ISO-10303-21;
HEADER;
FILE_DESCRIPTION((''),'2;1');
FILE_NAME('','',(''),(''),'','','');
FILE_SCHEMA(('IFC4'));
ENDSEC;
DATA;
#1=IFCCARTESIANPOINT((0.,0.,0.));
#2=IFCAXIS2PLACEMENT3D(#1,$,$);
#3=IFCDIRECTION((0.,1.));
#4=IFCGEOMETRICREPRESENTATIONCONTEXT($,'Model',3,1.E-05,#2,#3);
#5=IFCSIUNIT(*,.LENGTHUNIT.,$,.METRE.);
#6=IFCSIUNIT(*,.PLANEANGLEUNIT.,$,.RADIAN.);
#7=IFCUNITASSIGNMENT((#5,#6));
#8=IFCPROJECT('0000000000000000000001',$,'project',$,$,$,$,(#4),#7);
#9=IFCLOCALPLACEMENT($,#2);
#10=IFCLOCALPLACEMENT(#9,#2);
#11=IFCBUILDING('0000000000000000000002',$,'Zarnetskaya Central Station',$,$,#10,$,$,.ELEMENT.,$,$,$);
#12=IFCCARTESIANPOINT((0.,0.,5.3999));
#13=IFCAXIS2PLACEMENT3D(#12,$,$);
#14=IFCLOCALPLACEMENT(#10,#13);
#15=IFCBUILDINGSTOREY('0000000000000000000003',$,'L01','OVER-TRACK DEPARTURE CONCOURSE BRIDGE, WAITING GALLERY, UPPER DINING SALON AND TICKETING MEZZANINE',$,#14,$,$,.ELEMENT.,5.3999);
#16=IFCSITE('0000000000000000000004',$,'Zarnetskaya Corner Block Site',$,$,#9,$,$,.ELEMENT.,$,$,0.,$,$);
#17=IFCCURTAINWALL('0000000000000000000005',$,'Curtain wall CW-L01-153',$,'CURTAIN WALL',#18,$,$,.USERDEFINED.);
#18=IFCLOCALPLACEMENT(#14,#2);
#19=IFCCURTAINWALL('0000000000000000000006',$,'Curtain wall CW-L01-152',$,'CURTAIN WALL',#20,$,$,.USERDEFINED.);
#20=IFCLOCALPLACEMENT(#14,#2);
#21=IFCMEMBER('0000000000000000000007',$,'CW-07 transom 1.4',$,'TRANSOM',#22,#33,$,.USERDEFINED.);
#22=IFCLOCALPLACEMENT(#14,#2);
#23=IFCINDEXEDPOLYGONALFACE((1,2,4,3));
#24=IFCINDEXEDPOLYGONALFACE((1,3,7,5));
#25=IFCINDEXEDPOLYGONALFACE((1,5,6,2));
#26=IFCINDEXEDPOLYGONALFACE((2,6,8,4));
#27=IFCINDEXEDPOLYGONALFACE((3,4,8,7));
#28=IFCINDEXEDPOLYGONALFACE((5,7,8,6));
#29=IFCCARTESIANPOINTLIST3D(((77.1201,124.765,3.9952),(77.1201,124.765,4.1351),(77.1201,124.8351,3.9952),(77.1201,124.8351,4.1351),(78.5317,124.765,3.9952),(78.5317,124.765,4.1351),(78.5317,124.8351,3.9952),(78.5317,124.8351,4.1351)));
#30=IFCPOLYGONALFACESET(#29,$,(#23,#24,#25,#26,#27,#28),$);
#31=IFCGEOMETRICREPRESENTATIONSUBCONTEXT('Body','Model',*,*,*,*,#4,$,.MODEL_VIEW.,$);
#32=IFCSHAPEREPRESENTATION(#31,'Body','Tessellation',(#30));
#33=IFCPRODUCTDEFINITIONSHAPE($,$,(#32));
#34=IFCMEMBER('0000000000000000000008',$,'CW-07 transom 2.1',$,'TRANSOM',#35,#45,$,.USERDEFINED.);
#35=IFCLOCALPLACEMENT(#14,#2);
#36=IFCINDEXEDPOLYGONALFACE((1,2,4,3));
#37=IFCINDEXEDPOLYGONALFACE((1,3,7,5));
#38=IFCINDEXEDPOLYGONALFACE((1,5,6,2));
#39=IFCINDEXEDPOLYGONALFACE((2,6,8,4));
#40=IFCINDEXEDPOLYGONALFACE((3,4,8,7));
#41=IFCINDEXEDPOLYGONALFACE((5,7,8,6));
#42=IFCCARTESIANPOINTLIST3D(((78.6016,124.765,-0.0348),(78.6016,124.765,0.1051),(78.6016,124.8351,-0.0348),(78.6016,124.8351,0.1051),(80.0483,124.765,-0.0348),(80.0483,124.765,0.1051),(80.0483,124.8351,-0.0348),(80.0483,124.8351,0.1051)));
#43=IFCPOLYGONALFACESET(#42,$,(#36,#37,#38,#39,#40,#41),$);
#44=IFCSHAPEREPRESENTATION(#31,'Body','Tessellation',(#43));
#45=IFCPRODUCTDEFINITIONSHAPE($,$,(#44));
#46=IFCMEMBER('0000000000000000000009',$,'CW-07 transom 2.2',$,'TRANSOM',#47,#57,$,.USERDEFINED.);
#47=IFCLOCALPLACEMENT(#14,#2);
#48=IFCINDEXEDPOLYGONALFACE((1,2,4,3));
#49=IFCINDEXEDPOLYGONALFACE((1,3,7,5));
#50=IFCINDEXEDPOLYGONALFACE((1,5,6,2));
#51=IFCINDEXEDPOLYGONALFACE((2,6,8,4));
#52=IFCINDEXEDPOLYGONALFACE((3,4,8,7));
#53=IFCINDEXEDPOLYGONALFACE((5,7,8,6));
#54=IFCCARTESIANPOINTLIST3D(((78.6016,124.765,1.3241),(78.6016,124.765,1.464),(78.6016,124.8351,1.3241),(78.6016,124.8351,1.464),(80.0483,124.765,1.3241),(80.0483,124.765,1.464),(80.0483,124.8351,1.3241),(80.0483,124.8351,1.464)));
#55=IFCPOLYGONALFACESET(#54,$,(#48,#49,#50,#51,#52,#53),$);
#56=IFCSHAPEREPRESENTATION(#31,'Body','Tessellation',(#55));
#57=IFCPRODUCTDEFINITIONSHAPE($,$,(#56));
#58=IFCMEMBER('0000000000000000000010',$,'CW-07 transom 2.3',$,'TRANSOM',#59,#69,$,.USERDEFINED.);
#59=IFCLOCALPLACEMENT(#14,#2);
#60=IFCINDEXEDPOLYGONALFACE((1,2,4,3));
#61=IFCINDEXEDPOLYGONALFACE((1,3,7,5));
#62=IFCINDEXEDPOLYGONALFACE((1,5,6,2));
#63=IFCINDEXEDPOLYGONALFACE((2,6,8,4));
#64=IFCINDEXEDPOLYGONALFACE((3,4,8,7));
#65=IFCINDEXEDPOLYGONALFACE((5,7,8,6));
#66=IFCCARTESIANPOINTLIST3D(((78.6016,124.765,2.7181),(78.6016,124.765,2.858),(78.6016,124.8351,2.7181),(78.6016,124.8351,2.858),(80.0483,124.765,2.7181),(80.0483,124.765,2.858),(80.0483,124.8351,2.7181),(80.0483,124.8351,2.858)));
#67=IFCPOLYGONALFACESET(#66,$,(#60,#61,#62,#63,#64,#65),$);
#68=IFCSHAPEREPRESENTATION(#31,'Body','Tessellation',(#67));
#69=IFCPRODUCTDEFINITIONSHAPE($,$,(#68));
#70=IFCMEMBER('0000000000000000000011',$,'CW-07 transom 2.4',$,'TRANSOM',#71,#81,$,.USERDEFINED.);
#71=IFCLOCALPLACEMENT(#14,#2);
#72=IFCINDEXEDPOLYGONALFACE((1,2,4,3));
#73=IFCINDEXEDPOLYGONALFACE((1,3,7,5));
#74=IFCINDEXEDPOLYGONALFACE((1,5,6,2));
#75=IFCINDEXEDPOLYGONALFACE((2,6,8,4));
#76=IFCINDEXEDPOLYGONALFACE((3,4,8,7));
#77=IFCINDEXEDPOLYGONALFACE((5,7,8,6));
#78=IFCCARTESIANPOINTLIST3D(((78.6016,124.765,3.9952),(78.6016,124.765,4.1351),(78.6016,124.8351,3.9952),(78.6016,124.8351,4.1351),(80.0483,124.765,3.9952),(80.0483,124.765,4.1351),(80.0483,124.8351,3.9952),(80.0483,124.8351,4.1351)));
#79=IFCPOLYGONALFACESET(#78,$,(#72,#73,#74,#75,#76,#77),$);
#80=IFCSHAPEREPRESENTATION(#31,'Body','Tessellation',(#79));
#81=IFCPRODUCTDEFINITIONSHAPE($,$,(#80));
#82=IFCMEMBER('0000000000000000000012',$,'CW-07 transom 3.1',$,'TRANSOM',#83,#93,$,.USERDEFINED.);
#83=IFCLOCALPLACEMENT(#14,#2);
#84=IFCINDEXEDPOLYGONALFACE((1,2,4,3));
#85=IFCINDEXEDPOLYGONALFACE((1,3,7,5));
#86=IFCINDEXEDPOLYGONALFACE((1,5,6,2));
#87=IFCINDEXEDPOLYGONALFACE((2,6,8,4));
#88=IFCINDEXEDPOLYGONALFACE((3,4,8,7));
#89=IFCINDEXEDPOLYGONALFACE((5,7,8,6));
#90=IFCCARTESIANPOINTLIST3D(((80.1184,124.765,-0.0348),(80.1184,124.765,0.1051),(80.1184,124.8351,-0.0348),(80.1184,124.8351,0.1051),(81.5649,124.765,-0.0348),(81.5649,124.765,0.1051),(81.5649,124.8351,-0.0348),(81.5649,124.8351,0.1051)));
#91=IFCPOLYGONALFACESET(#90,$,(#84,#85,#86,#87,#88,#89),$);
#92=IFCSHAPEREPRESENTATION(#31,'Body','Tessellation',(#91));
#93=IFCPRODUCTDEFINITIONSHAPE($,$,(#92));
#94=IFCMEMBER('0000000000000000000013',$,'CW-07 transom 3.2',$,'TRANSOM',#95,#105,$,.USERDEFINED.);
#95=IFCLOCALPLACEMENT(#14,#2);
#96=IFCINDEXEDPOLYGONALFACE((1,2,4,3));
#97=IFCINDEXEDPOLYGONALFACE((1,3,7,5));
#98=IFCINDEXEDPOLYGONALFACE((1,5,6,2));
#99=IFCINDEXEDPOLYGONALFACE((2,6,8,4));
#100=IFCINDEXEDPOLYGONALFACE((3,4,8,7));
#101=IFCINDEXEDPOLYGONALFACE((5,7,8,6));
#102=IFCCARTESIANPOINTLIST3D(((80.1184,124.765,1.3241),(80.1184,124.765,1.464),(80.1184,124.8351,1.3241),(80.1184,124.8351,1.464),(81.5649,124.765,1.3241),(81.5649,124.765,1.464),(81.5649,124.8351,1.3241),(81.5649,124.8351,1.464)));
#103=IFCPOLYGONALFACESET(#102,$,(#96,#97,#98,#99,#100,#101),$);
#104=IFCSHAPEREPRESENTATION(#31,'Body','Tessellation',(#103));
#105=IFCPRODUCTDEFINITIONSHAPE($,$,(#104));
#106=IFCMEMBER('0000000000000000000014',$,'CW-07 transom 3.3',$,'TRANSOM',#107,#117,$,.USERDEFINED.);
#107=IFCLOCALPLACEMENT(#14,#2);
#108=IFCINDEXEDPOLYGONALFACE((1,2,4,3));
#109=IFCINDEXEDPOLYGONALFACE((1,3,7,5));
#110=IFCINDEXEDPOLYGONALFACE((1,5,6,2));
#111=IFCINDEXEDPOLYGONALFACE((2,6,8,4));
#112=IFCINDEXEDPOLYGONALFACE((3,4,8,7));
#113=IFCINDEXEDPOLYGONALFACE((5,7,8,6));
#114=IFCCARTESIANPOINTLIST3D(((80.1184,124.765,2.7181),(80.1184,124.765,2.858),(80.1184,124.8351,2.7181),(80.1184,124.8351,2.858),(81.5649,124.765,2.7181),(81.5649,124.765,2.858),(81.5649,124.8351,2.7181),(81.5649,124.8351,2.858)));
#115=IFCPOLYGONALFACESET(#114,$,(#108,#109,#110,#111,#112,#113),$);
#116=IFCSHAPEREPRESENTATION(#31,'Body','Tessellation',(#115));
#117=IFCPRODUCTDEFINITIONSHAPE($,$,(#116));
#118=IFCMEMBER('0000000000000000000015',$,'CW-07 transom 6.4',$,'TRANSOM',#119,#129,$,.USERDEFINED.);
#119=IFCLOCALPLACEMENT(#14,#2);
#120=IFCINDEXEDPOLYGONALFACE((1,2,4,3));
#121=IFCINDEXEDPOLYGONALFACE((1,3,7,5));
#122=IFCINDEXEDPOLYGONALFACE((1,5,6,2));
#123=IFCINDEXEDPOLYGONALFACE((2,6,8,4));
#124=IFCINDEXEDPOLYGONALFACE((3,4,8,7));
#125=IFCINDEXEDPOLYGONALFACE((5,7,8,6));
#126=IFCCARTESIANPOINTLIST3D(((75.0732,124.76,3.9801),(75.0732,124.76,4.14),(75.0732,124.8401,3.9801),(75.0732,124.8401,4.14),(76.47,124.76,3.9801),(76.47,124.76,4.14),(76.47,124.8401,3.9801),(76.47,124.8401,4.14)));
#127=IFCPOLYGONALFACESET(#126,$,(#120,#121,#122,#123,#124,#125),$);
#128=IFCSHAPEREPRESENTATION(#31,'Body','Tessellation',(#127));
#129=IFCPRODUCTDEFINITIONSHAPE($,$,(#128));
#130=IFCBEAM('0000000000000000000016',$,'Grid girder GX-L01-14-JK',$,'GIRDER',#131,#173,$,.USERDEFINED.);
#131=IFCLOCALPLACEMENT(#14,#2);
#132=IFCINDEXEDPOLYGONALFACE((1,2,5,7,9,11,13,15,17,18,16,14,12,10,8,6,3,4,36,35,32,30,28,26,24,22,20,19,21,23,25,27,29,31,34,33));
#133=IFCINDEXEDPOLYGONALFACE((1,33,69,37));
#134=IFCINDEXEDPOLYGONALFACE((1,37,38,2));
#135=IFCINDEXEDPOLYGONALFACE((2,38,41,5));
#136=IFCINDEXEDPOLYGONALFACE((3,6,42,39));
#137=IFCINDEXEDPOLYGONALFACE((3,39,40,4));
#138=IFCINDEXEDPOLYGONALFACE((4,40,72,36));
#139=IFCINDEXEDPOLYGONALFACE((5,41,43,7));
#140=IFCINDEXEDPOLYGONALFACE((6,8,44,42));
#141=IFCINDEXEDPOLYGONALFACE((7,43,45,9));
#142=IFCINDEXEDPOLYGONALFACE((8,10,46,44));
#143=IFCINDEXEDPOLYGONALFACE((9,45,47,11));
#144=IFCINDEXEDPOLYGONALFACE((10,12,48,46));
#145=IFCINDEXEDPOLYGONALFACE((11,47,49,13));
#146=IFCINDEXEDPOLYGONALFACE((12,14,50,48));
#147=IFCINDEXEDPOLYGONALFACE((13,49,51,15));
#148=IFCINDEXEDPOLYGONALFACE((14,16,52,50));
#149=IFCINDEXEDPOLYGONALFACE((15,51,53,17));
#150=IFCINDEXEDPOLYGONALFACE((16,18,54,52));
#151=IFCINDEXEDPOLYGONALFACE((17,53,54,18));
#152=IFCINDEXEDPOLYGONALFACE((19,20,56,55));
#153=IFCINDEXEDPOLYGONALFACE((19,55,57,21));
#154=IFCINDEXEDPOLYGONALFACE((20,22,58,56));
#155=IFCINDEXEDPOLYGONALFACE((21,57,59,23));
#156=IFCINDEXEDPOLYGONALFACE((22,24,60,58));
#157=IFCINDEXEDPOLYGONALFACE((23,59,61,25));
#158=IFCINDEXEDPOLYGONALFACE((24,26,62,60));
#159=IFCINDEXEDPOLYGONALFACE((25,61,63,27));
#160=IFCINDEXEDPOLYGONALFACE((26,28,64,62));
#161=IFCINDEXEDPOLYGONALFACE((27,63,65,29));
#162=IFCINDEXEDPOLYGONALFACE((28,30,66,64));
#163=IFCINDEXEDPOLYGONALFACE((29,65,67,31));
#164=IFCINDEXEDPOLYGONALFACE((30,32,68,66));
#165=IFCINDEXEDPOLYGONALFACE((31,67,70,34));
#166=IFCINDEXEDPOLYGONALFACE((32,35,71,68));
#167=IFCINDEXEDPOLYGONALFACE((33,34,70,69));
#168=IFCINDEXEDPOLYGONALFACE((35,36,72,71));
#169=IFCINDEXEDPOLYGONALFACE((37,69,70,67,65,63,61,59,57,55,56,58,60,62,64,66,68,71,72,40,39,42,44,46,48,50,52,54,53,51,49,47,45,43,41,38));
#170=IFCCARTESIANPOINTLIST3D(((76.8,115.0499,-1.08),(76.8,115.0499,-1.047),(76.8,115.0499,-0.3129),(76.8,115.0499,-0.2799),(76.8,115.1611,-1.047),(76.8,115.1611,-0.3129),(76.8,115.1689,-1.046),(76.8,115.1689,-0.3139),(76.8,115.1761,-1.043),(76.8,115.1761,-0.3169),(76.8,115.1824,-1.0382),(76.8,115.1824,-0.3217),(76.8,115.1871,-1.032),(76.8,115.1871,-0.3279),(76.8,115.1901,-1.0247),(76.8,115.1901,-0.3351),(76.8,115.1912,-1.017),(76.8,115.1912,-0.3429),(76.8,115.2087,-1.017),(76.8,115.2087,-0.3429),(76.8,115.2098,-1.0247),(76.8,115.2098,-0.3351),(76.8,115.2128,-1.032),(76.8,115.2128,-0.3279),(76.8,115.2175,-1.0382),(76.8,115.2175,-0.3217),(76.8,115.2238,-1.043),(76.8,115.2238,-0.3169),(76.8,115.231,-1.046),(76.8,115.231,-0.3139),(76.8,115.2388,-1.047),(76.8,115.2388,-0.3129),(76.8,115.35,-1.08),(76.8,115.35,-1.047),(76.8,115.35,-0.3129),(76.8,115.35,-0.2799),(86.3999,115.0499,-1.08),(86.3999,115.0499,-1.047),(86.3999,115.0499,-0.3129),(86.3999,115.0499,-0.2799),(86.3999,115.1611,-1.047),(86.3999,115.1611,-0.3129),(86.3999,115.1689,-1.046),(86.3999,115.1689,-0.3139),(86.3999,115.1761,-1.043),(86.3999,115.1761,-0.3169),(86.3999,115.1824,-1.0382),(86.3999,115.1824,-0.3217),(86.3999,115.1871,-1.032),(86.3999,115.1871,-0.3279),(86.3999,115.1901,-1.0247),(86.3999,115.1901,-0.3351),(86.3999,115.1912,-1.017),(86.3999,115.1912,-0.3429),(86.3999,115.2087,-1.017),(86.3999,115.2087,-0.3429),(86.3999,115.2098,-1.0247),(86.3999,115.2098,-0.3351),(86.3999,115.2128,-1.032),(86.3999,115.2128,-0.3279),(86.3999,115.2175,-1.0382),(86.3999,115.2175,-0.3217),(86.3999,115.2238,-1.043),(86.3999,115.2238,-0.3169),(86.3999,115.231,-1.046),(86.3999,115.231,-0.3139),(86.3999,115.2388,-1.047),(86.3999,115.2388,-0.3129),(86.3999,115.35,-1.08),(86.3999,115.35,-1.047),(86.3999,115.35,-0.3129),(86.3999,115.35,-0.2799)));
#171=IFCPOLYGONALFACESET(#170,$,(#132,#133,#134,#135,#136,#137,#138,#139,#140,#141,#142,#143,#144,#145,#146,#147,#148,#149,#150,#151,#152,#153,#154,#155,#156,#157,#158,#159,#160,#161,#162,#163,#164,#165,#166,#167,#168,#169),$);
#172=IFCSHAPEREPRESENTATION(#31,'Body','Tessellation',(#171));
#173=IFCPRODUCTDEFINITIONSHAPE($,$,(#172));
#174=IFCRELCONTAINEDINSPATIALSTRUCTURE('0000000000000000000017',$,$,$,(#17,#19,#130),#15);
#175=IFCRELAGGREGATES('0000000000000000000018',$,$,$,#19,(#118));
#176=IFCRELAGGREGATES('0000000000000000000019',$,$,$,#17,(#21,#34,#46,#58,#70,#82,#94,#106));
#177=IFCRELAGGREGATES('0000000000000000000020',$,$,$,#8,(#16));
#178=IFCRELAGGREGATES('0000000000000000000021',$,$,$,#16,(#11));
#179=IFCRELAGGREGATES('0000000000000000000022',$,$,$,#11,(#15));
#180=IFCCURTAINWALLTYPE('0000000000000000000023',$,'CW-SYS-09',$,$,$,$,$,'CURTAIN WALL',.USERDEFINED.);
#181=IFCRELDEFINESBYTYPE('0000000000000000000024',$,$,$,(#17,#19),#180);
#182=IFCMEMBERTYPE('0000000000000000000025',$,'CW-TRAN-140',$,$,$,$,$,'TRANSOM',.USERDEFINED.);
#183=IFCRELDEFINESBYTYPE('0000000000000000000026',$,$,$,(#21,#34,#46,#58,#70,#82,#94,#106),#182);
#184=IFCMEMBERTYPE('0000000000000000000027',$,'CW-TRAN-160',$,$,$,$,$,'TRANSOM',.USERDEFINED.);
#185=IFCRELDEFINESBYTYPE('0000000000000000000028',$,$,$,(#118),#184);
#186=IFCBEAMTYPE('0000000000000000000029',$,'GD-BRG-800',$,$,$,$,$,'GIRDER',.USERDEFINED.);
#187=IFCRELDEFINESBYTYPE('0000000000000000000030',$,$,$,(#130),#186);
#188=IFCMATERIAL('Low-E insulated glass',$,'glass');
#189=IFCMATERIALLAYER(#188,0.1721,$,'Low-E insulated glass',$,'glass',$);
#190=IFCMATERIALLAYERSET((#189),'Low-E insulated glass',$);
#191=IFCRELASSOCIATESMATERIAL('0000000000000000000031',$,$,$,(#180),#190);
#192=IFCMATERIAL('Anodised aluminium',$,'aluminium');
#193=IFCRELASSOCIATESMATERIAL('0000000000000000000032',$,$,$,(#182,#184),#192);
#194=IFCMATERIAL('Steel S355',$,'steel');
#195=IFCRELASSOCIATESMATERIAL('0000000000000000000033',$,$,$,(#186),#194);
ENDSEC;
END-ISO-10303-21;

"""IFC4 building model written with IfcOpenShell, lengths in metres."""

from ifc_helpers import new_model, si_unit, direction, frame, origin, origin_2d, place, context, subcontext, project, spatial, rectangle, i_section, extrude, material, layer, layer_set, material_profile, profile_set, type_object, element, aggregate, save


model = new_model("IFC4")

# Units and contexts
model_context = context("Model", 3, precision=1e-05, world=origin(), true_north=direction((0.0, 1.0)))
body_context = subcontext(model_context, "Body", "Model", "MODEL_VIEW")
ifc_project = project(units=[si_unit("LENGTHUNIT", "METRE"), si_unit("PLANEANGLEUNIT", "RADIAN")], contexts=[model_context])

# Site, building, storey
site_placement = place(None, origin())
site = spatial("IfcSite", under=ifc_project, at=site_placement, Name="Zarnetskaya Corner Block Site", CompositionType="ELEMENT", RefElevation=0.0)
building_placement = place(site_placement, origin())
building = spatial("IfcBuilding", under=site, at=building_placement, Name="Zarnetskaya Central Station", CompositionType="ELEMENT")
storey_placement = place(building_placement, frame((0.0, 0.0, 5.3999)))
storey = spatial("IfcBuildingStorey", under=building, at=storey_placement, Name="L01", Description="OVER-TRACK DEPARTURE CONCOURSE BRIDGE, WAITING GALLERY, UPPER DINING SALON AND TICKETING MEZZANINE", CompositionType="ELEMENT", Elevation=5.3999)

# Shared definitions
ifc_material_1 = material(Name="Steel S355", Category="steel")

# Curtain wall
ifc_material_2 = material(Name="Low-E insulated glass", Category="glass")
ifc_layer_1 = layer(ifc_material_2, 0.1721, Name="Low-E insulated glass", Category="glass")
ifc_layer_set_1 = layer_set([ifc_layer_1], Name="Low-E insulated glass")
curtain_wall_type = type_object("IfcCurtainWallType", Name="CW-SYS-09", ElementType="CURTAIN WALL", PredefinedType="USERDEFINED", material=ifc_layer_set_1)
curtain_wall_1_placement = place(storey_placement, origin())
curtain_wall_1 = element("IfcCurtainWall", 1, at=curtain_wall_1_placement, inside=storey, type_object=curtain_wall_type, Name="Curtain wall CW-L01-153", ObjectType="CURTAIN WALL", PredefinedType="USERDEFINED")
ifc_material_3 = material(Name="Anodised aluminium", Category="aluminium")

# Curtain wall
curtain_wall_2_placement = place(storey_placement, origin())
curtain_wall_2 = element("IfcCurtainWall", 2, at=curtain_wall_2_placement, inside=storey, type_object=curtain_wall_type, Name="Curtain wall CW-L01-152", ObjectType="CURTAIN WALL", PredefinedType="USERDEFINED")

# Members
ifc_material_profile_1 = material_profile(ifc_material_3, rectangle(XDim=0.0701, YDim=0.1399, at=origin_2d()), Name="ALU TRAN 70x140")
ifc_profile_set_1 = profile_set([ifc_material_profile_1], Name="Anodised aluminium")
member_type_1 = type_object("IfcMemberType", Name="CW-TRAN-140", ElementType="TRANSOM", PredefinedType="USERDEFINED", material=ifc_profile_set_1)
member_1_placement = place(storey_placement, frame((77.1201, 124.8, 4.0652), z_axis=(1.0, 0.0, 0.0), x_axis=(0.0, 1.0, 0.0)))
member_1 = element("IfcMember", 3, at=member_1_placement, type_object=member_type_1, Name="CW-07 transom 1.4", ObjectType="TRANSOM", PredefinedType="USERDEFINED", context=body_context, shape_type="SweptSolid", body=[
    extrude(rectangle(XDim=0.0701, YDim=0.1399, at=origin_2d()), origin(), (0.0, 0.0, 1.0), 1.4116),
])
member_2_placement = place(storey_placement, frame((78.6016, 124.8, 0.0352), z_axis=(1.0, 0.0, 0.0), x_axis=(0.0, 1.0, 0.0)))
member_2 = element("IfcMember", 4, at=member_2_placement, type_object=member_type_1, Name="CW-07 transom 2.1", ObjectType="TRANSOM", PredefinedType="USERDEFINED", context=body_context, shape_type="SweptSolid", body=[
    extrude(rectangle(XDim=0.0701, YDim=0.1399, at=origin_2d()), origin(), (0.0, 0.0, 1.0), 1.4468),
])
member_3_placement = place(storey_placement, frame((78.6016, 124.8, 1.394), z_axis=(1.0, 0.0, 0.0), x_axis=(0.0, 1.0, 0.0)))
member_3 = element("IfcMember", 5, at=member_3_placement, type_object=member_type_1, Name="CW-07 transom 2.2", ObjectType="TRANSOM", PredefinedType="USERDEFINED", context=body_context, shape_type="SweptSolid", body=[
    extrude(rectangle(XDim=0.0701, YDim=0.1399, at=origin_2d()), origin(), (0.0, 0.0, 1.0), 1.4468),
])
member_4_placement = place(storey_placement, frame((78.6016, 124.8, 2.7881), z_axis=(1.0, 0.0, 0.0), x_axis=(0.0, 1.0, 0.0)))
member_4 = element("IfcMember", 6, at=member_4_placement, type_object=member_type_1, Name="CW-07 transom 2.3", ObjectType="TRANSOM", PredefinedType="USERDEFINED", context=body_context, shape_type="SweptSolid", body=[
    extrude(rectangle(XDim=0.0701, YDim=0.1399, at=origin_2d()), origin(), (0.0, 0.0, 1.0), 1.4468),
])
member_5_placement = place(storey_placement, frame((78.6016, 124.8, 4.0652), z_axis=(1.0, 0.0, 0.0), x_axis=(0.0, 1.0, 0.0)))
member_5 = element("IfcMember", 7, at=member_5_placement, type_object=member_type_1, Name="CW-07 transom 2.4", ObjectType="TRANSOM", PredefinedType="USERDEFINED", context=body_context, shape_type="SweptSolid", body=[
    extrude(rectangle(XDim=0.0701, YDim=0.1399, at=origin_2d()), origin(), (0.0, 0.0, 1.0), 1.4468),
])
member_6_placement = place(storey_placement, frame((80.1184, 124.8, 0.0352), z_axis=(1.0, 0.0, 0.0), x_axis=(0.0, 1.0, 0.0)))
member_6 = element("IfcMember", 8, at=member_6_placement, type_object=member_type_1, Name="CW-07 transom 3.1", ObjectType="TRANSOM", PredefinedType="USERDEFINED", context=body_context, shape_type="SweptSolid", body=[
    extrude(rectangle(XDim=0.0701, YDim=0.1399, at=origin_2d()), origin(), (0.0, 0.0, 1.0), 1.4465),
])
member_7_placement = place(storey_placement, frame((80.1184, 124.8, 1.394), z_axis=(1.0, 0.0, 0.0), x_axis=(0.0, 1.0, 0.0)))
member_7 = element("IfcMember", 9, at=member_7_placement, type_object=member_type_1, Name="CW-07 transom 3.2", ObjectType="TRANSOM", PredefinedType="USERDEFINED", context=body_context, shape_type="SweptSolid", body=[
    extrude(rectangle(XDim=0.0701, YDim=0.1399, at=origin_2d()), origin(), (0.0, 0.0, 1.0), 1.4465),
])
member_8_placement = place(storey_placement, frame((80.1184, 124.8, 2.7881), z_axis=(1.0, 0.0, 0.0), x_axis=(0.0, 1.0, 0.0)))
member_8 = element("IfcMember", 10, at=member_8_placement, type_object=member_type_1, Name="CW-07 transom 3.3", ObjectType="TRANSOM", PredefinedType="USERDEFINED", context=body_context, shape_type="SweptSolid", body=[
    extrude(rectangle(XDim=0.0701, YDim=0.1399, at=origin_2d()), origin(), (0.0, 0.0, 1.0), 1.4465),
])
ifc_material_profile_2 = material_profile(ifc_material_3, rectangle(XDim=0.0801, YDim=0.1599, at=origin_2d()), Name="ALU TRAN 80x160")
ifc_profile_set_2 = profile_set([ifc_material_profile_2], Name="Anodised aluminium")
member_type_2 = type_object("IfcMemberType", Name="CW-TRAN-160", ElementType="TRANSOM", PredefinedType="USERDEFINED", material=ifc_profile_set_2)
member_9_placement = place(storey_placement, frame((75.0732, 124.8, 4.0601), z_axis=(1.0, 0.0, 0.0), x_axis=(0.0, 1.0, 0.0)))
member_9 = element("IfcMember", 11, at=member_9_placement, type_object=member_type_2, Name="CW-07 transom 6.4", ObjectType="TRANSOM", PredefinedType="USERDEFINED", context=body_context, shape_type="SweptSolid", body=[
    extrude(rectangle(XDim=0.0801, YDim=0.1599, at=origin_2d()), origin(), (0.0, 0.0, 1.0), 1.3967),
])

# Beam
ifc_material_profile_3 = material_profile(ifc_material_1, i_section(OverallWidth=0.3, OverallDepth=0.8, WebThickness=0.0176, FlangeThickness=0.033, FilletRadius=0.03, at=origin_2d()), Name="HEB 800")
ifc_profile_set_3 = profile_set([ifc_material_profile_3], Name="Steel S355")
beam_type_1 = type_object("IfcBeamType", Name="GD-BRG-800", ElementType="GIRDER", PredefinedType="USERDEFINED", material=ifc_profile_set_3)
for number, where, z_axis, x_axis, name in (
    (12, (76.8, 115.2, -0.6799), (1.0, 0.0, 0.0), (0.0, 1.0, 0.0), "Grid girder GX-L01-14-JK"),
):
    element("IfcBeam", number, at=place(storey_placement, frame(where, z_axis=z_axis, x_axis=x_axis)), inside=storey, type_object=beam_type_1, Name=name, ObjectType="GIRDER", PredefinedType="USERDEFINED", context=body_context, shape_type="SweptSolid", body=[
        extrude(i_section(OverallWidth=0.3, OverallDepth=0.8, WebThickness=0.0176, FlangeThickness=0.033, FilletRadius=0.03, at=origin_2d()), origin(), (0.0, 0.0, 1.0), 9.5999),
    ])

aggregate(curtain_wall_2, [member_9])
aggregate(curtain_wall_1, [member_1, member_2, member_3, member_4, member_5, member_6, member_7, member_8])

save(model, "model.ifc")
